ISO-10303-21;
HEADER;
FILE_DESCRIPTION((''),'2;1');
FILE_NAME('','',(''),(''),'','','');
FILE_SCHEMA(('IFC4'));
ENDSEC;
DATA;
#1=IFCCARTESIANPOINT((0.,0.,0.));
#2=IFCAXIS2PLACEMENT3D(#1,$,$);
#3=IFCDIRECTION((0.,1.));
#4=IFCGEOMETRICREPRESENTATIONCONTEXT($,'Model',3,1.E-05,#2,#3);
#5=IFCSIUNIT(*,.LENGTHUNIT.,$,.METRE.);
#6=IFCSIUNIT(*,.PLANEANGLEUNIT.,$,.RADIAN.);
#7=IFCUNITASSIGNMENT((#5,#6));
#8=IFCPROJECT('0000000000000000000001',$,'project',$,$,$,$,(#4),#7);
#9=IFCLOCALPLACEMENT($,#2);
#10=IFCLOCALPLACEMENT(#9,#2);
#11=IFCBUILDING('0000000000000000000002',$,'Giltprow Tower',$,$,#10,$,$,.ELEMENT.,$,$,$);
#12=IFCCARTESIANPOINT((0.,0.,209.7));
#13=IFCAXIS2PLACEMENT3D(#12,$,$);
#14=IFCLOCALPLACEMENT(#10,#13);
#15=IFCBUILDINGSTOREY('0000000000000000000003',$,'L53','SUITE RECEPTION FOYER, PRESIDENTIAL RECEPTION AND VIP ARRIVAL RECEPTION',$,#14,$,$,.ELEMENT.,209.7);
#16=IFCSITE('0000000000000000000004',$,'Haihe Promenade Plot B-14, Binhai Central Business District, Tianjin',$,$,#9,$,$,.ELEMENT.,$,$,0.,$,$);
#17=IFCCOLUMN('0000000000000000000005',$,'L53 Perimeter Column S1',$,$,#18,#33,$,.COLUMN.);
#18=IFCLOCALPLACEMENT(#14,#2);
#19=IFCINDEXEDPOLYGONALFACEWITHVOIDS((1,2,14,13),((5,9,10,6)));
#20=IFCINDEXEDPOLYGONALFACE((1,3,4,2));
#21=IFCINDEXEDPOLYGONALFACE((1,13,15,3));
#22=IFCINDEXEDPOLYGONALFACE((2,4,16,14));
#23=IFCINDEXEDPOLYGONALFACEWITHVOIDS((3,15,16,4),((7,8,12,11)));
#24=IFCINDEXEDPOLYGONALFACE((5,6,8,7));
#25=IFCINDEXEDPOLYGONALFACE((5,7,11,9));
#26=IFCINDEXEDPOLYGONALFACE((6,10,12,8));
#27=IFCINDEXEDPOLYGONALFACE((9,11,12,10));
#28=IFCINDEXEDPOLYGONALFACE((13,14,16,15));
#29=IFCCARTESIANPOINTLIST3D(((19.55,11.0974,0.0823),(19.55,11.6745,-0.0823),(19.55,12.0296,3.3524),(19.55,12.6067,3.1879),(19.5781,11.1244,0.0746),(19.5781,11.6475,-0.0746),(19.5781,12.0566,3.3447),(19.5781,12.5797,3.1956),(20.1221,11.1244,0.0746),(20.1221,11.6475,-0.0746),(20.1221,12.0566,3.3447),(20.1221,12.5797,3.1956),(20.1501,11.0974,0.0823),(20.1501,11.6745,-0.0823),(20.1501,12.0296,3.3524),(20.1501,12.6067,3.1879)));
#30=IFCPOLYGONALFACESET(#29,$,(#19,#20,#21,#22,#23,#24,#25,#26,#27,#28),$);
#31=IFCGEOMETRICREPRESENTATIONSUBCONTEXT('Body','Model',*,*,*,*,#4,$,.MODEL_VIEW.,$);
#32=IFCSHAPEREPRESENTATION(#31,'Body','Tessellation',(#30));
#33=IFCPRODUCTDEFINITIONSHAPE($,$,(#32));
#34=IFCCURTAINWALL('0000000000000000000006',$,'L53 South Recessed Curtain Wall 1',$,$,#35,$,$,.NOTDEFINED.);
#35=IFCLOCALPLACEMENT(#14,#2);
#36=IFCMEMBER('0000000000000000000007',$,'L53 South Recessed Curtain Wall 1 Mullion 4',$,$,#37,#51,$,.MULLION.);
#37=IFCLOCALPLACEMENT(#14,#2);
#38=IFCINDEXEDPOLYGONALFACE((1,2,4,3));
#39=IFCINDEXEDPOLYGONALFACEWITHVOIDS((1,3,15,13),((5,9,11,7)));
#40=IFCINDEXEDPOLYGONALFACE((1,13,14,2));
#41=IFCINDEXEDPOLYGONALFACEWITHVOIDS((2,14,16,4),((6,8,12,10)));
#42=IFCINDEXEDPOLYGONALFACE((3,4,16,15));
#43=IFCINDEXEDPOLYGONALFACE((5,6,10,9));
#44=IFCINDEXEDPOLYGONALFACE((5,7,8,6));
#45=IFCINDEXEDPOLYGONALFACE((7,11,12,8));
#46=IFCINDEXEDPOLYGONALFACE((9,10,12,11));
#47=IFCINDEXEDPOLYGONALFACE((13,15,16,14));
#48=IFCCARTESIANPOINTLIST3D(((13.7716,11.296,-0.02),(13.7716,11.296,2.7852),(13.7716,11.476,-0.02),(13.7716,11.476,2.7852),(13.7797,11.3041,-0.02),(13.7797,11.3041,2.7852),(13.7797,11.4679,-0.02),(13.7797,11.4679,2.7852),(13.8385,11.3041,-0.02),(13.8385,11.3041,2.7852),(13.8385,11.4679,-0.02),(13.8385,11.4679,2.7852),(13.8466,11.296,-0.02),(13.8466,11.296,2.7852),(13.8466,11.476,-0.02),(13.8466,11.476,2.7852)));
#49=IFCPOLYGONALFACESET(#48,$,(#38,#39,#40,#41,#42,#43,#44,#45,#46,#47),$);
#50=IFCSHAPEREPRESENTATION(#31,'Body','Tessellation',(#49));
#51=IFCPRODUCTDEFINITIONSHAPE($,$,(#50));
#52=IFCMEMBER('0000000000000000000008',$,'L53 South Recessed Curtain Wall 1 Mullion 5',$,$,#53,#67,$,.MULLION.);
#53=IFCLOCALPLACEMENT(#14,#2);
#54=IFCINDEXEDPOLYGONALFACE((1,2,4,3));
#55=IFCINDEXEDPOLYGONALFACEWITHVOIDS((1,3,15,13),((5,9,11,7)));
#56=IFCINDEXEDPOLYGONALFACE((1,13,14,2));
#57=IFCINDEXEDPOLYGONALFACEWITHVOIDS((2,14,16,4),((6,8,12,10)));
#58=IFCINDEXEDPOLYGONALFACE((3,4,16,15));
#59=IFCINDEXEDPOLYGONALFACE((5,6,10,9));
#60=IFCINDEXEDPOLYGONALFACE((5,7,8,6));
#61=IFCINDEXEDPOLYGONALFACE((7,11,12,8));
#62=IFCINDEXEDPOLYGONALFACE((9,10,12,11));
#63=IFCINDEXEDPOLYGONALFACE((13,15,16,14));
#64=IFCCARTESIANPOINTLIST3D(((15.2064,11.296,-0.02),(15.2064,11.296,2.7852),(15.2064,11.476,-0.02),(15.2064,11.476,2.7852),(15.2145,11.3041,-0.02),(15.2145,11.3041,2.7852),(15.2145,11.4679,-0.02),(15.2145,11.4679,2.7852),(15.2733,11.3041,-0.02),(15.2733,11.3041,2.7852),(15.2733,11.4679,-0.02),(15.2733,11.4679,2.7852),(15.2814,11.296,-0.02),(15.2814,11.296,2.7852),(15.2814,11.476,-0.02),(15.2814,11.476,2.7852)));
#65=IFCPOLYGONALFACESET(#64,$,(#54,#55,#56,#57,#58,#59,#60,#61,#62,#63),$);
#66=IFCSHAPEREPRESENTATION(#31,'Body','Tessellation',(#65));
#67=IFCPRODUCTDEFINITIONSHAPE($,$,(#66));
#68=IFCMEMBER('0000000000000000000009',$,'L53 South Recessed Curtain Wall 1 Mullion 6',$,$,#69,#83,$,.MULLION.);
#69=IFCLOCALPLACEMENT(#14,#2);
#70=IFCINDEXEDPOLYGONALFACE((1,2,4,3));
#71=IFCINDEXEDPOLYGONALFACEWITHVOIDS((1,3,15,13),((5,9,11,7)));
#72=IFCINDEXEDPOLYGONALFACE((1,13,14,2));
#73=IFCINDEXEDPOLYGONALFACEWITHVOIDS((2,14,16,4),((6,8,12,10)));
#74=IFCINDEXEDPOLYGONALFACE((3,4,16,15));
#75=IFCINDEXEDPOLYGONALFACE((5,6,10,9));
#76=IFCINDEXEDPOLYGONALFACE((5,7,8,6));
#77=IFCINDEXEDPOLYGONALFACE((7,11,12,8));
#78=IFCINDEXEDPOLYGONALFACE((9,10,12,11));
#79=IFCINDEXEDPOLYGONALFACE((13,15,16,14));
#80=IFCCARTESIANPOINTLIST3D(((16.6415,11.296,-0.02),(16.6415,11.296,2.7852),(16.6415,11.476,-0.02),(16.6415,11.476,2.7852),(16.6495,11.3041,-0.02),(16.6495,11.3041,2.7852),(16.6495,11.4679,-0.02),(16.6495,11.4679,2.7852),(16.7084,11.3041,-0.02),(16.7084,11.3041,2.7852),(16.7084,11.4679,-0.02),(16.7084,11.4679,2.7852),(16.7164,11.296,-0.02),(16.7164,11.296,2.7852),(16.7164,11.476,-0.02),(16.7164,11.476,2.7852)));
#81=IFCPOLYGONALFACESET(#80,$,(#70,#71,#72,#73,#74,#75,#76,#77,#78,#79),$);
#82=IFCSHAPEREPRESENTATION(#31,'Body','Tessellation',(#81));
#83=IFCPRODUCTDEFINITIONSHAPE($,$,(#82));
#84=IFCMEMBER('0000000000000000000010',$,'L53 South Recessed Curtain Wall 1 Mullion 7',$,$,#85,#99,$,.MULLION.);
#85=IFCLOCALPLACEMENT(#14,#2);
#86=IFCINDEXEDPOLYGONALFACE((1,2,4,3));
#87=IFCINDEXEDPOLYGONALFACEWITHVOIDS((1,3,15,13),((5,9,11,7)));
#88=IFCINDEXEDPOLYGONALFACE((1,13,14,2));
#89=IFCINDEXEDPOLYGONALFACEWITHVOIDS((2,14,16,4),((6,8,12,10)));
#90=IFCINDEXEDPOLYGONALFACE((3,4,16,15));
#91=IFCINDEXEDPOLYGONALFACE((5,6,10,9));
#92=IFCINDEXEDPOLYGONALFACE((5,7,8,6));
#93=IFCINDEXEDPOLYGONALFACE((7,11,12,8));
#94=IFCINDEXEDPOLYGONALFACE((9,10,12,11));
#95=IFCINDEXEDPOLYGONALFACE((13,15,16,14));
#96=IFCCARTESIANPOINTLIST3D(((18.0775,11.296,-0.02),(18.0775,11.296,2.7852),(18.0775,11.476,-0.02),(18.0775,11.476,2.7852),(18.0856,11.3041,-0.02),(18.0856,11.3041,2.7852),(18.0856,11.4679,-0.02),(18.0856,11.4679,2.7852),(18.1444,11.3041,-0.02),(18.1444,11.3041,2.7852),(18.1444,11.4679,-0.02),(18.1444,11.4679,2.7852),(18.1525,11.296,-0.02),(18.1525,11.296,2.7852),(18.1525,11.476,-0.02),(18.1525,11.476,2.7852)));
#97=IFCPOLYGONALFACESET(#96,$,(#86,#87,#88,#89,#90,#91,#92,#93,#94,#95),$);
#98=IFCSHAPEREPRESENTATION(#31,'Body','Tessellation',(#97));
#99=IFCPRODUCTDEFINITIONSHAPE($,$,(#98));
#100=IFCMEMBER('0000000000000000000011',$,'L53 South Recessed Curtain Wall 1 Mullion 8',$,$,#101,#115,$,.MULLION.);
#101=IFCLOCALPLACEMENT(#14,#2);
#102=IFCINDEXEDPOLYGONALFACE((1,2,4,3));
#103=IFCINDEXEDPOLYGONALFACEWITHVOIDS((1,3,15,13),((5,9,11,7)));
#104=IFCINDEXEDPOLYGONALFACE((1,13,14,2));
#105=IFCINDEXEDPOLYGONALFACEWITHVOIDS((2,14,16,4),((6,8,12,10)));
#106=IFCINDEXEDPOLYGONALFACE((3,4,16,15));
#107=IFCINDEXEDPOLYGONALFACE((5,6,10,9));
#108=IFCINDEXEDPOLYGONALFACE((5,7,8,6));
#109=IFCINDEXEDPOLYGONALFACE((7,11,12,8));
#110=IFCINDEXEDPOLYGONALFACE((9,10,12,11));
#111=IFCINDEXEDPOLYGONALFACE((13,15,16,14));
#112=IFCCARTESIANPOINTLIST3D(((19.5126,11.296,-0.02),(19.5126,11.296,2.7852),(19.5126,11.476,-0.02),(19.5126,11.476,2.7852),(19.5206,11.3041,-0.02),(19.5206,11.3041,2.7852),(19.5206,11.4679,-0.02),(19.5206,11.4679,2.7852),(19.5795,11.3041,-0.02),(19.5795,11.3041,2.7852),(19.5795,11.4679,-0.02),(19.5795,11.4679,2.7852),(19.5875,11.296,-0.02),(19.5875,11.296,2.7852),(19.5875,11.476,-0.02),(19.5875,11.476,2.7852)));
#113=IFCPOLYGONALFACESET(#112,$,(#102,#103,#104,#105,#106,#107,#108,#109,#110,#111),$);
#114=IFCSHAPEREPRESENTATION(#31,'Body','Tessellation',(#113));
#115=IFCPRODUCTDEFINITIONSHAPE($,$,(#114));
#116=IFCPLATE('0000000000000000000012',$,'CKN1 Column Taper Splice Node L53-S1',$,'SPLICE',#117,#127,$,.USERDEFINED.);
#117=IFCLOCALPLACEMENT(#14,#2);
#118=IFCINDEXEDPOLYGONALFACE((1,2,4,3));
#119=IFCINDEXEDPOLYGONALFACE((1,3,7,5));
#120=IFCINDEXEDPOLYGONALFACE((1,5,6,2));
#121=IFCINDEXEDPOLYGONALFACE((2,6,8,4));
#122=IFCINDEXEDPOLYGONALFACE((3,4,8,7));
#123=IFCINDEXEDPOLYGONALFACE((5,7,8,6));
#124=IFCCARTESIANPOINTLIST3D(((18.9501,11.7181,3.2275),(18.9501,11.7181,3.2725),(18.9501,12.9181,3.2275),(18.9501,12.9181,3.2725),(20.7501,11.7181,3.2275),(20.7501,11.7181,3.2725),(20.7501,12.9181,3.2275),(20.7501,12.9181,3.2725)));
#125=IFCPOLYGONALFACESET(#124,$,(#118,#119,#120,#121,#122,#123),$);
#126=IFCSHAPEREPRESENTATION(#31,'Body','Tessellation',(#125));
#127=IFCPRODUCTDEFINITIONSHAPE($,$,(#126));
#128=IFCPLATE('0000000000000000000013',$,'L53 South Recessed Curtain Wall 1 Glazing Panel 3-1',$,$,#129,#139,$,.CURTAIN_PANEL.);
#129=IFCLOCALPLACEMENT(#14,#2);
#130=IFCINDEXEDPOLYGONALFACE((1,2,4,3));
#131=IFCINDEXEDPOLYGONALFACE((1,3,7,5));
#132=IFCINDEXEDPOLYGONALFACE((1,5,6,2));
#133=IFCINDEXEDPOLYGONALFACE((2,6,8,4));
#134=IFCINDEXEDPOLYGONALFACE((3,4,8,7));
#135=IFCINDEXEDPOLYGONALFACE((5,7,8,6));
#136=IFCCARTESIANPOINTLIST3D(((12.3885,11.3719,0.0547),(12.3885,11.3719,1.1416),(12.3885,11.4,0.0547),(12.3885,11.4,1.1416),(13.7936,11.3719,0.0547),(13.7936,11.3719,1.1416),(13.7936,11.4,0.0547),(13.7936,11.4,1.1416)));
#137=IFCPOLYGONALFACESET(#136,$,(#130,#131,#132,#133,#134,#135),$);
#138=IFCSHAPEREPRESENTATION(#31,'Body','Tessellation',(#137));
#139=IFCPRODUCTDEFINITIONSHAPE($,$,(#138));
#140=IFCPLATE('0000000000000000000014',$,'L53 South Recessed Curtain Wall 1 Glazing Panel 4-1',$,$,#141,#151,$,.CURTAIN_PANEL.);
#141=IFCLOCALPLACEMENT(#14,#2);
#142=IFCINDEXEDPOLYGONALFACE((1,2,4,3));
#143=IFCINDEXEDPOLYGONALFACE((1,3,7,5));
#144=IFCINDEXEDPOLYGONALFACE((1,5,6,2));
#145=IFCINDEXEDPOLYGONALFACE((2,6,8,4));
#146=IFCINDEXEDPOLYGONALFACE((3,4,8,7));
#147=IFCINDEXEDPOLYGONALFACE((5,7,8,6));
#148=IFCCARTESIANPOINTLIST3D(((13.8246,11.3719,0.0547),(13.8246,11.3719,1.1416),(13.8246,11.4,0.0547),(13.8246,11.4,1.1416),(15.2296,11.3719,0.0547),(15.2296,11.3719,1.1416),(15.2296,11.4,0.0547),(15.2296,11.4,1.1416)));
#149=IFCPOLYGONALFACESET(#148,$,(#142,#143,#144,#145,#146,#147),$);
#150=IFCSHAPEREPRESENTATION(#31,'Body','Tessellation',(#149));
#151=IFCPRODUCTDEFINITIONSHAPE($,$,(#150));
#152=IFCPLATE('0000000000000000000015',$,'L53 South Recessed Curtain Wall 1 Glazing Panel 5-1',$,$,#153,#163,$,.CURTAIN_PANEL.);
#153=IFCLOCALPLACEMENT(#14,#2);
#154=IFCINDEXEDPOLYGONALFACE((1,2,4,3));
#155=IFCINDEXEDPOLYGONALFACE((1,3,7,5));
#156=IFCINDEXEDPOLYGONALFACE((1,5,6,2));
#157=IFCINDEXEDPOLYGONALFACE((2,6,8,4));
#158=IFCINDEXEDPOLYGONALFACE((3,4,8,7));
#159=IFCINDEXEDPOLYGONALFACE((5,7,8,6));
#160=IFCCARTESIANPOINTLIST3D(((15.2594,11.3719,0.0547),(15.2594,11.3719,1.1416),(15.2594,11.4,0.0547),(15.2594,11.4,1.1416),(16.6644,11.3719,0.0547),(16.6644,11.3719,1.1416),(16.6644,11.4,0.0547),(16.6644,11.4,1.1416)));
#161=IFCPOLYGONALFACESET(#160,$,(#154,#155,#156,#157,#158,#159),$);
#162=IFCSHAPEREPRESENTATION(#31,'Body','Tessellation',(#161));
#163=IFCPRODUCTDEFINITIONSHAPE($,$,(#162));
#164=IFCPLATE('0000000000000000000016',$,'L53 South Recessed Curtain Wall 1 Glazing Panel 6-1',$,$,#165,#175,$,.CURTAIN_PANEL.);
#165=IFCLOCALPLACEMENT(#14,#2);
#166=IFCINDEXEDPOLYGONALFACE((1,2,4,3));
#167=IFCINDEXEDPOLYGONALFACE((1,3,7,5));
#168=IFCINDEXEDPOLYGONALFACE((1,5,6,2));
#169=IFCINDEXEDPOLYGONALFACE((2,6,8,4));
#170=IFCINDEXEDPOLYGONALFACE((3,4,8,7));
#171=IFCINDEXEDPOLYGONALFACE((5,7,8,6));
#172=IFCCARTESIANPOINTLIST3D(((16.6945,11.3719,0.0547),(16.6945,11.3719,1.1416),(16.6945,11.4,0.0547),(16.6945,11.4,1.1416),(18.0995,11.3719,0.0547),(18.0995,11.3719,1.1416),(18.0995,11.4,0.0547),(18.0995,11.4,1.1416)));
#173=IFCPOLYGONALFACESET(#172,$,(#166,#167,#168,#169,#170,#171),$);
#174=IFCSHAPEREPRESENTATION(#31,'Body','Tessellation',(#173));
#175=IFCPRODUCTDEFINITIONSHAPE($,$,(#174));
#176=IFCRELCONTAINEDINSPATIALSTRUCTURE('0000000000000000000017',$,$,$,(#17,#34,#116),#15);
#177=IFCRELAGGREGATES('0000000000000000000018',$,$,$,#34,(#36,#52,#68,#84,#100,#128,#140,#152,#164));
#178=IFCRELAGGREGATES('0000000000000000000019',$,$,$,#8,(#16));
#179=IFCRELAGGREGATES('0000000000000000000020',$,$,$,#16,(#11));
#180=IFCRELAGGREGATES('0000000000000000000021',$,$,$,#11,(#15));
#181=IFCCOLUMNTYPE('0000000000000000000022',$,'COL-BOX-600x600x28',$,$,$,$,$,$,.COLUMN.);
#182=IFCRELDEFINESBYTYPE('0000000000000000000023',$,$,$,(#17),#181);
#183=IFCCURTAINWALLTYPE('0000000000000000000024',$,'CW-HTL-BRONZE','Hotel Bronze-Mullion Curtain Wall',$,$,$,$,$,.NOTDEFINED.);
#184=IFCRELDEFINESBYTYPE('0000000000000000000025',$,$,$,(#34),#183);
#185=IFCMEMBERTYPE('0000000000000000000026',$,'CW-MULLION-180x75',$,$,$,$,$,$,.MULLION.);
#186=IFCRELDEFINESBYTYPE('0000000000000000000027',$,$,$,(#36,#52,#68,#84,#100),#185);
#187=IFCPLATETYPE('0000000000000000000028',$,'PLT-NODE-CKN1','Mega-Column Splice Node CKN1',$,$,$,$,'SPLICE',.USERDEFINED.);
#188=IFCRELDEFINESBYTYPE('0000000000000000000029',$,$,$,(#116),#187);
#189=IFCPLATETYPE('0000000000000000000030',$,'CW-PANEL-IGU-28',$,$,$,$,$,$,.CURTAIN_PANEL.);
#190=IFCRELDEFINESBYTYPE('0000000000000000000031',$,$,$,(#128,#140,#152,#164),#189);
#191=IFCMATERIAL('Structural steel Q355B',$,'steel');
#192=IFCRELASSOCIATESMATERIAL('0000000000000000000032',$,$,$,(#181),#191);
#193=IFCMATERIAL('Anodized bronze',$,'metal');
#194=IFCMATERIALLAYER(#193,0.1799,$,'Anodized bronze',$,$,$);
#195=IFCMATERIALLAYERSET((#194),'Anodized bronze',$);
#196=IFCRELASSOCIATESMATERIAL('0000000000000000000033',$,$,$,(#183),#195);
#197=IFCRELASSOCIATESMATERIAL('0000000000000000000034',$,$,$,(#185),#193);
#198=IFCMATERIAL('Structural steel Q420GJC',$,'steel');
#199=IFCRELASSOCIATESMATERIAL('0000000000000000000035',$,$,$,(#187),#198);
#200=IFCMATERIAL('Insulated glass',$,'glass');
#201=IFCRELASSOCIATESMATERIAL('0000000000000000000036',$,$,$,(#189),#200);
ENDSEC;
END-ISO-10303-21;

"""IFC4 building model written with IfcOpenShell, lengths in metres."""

from ifc_helpers import new_model, si_unit, direction, frame, origin, origin_2d, place, context, subcontext, project, spatial, rectangle, hollow_rectangle, extrude, source, transform, mapped, material, layer, layer_set, material_profile, profile_set, type_object, element, aggregate, save


model = new_model("IFC4")

# Units and contexts
model_context = context("Model", 3, precision=1e-05, world=origin(), true_north=direction((0.0, 1.0)))
body_context = subcontext(model_context, "Body", "Model", "MODEL_VIEW")
ifc_project = project(units=[si_unit("LENGTHUNIT", "METRE"), si_unit("PLANEANGLEUNIT", "RADIAN")], contexts=[model_context])

# Site, building, storey
site_placement = place(None, origin())
site = spatial("IfcSite", under=ifc_project, at=site_placement, Name="Haihe Promenade Plot B-14, Binhai Central Business District, Tianjin", CompositionType="ELEMENT", RefElevation=0.0)
building_placement = place(site_placement, origin())
building = spatial("IfcBuilding", under=site, at=building_placement, Name="Giltprow Tower", CompositionType="ELEMENT")
storey_placement = place(building_placement, frame((0.0, 0.0, 209.7)))
storey = spatial("IfcBuildingStorey", under=building, at=storey_placement, Name="L53", Description="SUITE RECEPTION FOYER, PRESIDENTIAL RECEPTION AND VIP ARRIVAL RECEPTION", CompositionType="ELEMENT", Elevation=209.7)

# Column
ifc_material_1 = material(Name="Structural steel Q355B", Category="steel")
ifc_material_profile_1 = material_profile(ifc_material_1, hollow_rectangle(XDim=0.6001, YDim=0.6001, WallThickness=0.0281, at=origin_2d()), Name="BOX 600x600x28")
ifc_profile_set_1 = profile_set([ifc_material_profile_1], Name="Structural steel Q355B")
column_type = type_object("IfcColumnType", Name="COL-BOX-600x600x28", PredefinedType="COLUMN", material=ifc_profile_set_1)
shared_shape_1 = source(origin(), body_context, "Body", "SweptSolid", [
    extrude(hollow_rectangle(XDim=0.6001, YDim=0.6001, WallThickness=0.0281, at=origin_2d()), origin(), (0.0, 0.0, 1.0), 3.4004),
])
column_placement = place(storey_placement, frame((19.8501, 11.386, 0.0), z_axis=(0.0, 0.274133, 0.961692), x_axis=(-1.0, 0.0, 0.0)))
element("IfcColumn", 1, at=column_placement, inside=storey, type_object=column_type, Name="L53 Perimeter Column S1", PredefinedType="COLUMN", context=body_context, shape_type="MappedRepresentation", body=[
    mapped(shared_shape_1, transform((0.0, 0.0, 0.0), x_axis=(1.0, 0.0, 0.0), y_axis=(0.0, 1.0, 0.0), z_axis=(0.0, 0.0, 1.0), scale=1.0)),
])

# Curtain wall, members
ifc_material_2 = material(Name="Anodized bronze", Category="metal")
ifc_layer = layer(ifc_material_2, 0.1799, Name="Anodized bronze")
ifc_layer_set = layer_set([ifc_layer], Name="Anodized bronze")
curtain_wall_type = type_object("IfcCurtainWallType", Name="CW-HTL-BRONZE", Description="Hotel Bronze-Mullion Curtain Wall", PredefinedType="NOTDEFINED", material=ifc_layer_set)
curtain_wall_placement = place(storey_placement, origin())
curtain_wall = element("IfcCurtainWall", 2, at=curtain_wall_placement, inside=storey, type_object=curtain_wall_type, Name="L53 South Recessed Curtain Wall 1", PredefinedType="NOTDEFINED")
ifc_material_profile_2 = material_profile(ifc_material_2, hollow_rectangle(XDim=0.075, YDim=0.1799, WallThickness=0.0081, at=origin_2d()), Name="RHS 180x75x8")
ifc_profile_set_2 = profile_set([ifc_material_profile_2], Name="Anodized bronze")
member_type = type_object("IfcMemberType", Name="CW-MULLION-180x75", PredefinedType="MULLION", material=ifc_profile_set_2)
shared_shape_2 = source(origin(), body_context, "Body", "SweptSolid", [
    extrude(hollow_rectangle(XDim=0.075, YDim=0.1799, WallThickness=0.0081, at=origin_2d()), origin(), (0.0, 0.0, 1.0), 2.8052),
])
member_1_placement = place(storey_placement, frame((13.8091, 11.386, -0.02), z_axis=(0.0, 0.0, 1.0), x_axis=(1.0, 0.0, 0.0)))
member_1 = element("IfcMember", 3, at=member_1_placement, type_object=member_type, Name="L53 South Recessed Curtain Wall 1 Mullion 4", PredefinedType="MULLION", context=body_context, shape_type="MappedRepresentation", body=[
    mapped(shared_shape_2, transform((0.0, 0.0, 0.0), x_axis=(1.0, 0.0, 0.0), y_axis=(0.0, 1.0, 0.0), z_axis=(0.0, 0.0, 1.0), scale=1.0)),
])
member_2_placement = place(storey_placement, frame((15.2439, 11.386, -0.02), z_axis=(0.0, 0.0, 1.0), x_axis=(1.0, 0.0, 0.0)))
member_2 = element("IfcMember", 4, at=member_2_placement, type_object=member_type, Name="L53 South Recessed Curtain Wall 1 Mullion 5", PredefinedType="MULLION", context=body_context, shape_type="MappedRepresentation", body=[
    mapped(shared_shape_2, transform((0.0, 0.0, 0.0), x_axis=(1.0, 0.0, 0.0), y_axis=(0.0, 1.0, 0.0), z_axis=(0.0, 0.0, 1.0), scale=1.0)),
])
member_3_placement = place(storey_placement, frame((16.679, 11.386, -0.02), z_axis=(0.0, 0.0, 1.0), x_axis=(1.0, 0.0, 0.0)))
member_3 = element("IfcMember", 5, at=member_3_placement, type_object=member_type, Name="L53 South Recessed Curtain Wall 1 Mullion 6", PredefinedType="MULLION", context=body_context, shape_type="MappedRepresentation", body=[
    mapped(shared_shape_2, transform((0.0, 0.0, 0.0), x_axis=(1.0, 0.0, 0.0), y_axis=(0.0, 1.0, 0.0), z_axis=(0.0, 0.0, 1.0), scale=1.0)),
])
member_4_placement = place(storey_placement, frame((18.115, 11.386, -0.02), z_axis=(0.0, 0.0, 1.0), x_axis=(1.0, 0.0, 0.0)))
member_4 = element("IfcMember", 6, at=member_4_placement, type_object=member_type, Name="L53 South Recessed Curtain Wall 1 Mullion 7", PredefinedType="MULLION", context=body_context, shape_type="MappedRepresentation", body=[
    mapped(shared_shape_2, transform((0.0, 0.0, 0.0), x_axis=(1.0, 0.0, 0.0), y_axis=(0.0, 1.0, 0.0), z_axis=(0.0, 0.0, 1.0), scale=1.0)),
])
member_5_placement = place(storey_placement, frame((19.55, 11.386, -0.02), z_axis=(0.0, 0.0, 1.0), x_axis=(1.0, 0.0, 0.0)))
member_5 = element("IfcMember", 7, at=member_5_placement, type_object=member_type, Name="L53 South Recessed Curtain Wall 1 Mullion 8", PredefinedType="MULLION", context=body_context, shape_type="MappedRepresentation", body=[
    mapped(shared_shape_2, transform((0.0, 0.0, 0.0), x_axis=(1.0, 0.0, 0.0), y_axis=(0.0, 1.0, 0.0), z_axis=(0.0, 0.0, 1.0), scale=1.0)),
])

# Plates
ifc_material_3 = material(Name="Structural steel Q420GJC", Category="steel")
plate_type_1 = type_object("IfcPlateType", Name="PLT-NODE-CKN1", Description="Mega-Column Splice Node CKN1", ElementType="SPLICE", PredefinedType="USERDEFINED", material=ifc_material_3)
shared_shape_3 = source(origin(), body_context, "Body", "SweptSolid", [
    extrude(rectangle(XDim=1.8, YDim=1.2, at=origin_2d()), origin(), (0.0, 0.0, 1.0), 0.0449),
])
plate_1_placement = place(storey_placement, frame((19.8501, 12.3181, 3.2275), z_axis=(0.0, 0.0, 1.0), x_axis=(1.0, 0.0, 0.0)))
element("IfcPlate", 8, at=plate_1_placement, inside=storey, type_object=plate_type_1, Name="CKN1 Column Taper Splice Node L53-S1", ObjectType="SPLICE", PredefinedType="USERDEFINED", context=body_context, shape_type="MappedRepresentation", body=[
    mapped(shared_shape_3, transform((0.0, 0.0, 0.0), x_axis=(1.0, 0.0, 0.0), y_axis=(0.0, 1.0, 0.0), z_axis=(0.0, 0.0, 1.0), scale=1.0)),
])
ifc_material_4 = material(Name="Insulated glass", Category="glass")
plate_type_2 = type_object("IfcPlateType", Name="CW-PANEL-IGU-28", PredefinedType="CURTAIN_PANEL", material=ifc_material_4)
shared_shape_4 = source(origin(), body_context, "Body", "SweptSolid", [
    extrude(rectangle(XDim=1.405, YDim=0.0281, at=origin_2d()), origin(), (0.0, 0.0, 1.0), 1.0869),
])
plate_2_placement = place(storey_placement, frame((13.0911, 11.386, 0.0547), z_axis=(0.0, 0.0, 1.0), x_axis=(1.0, 0.0, 0.0)))
plate_2 = element("IfcPlate", 9, at=plate_2_placement, type_object=plate_type_2, Name="L53 South Recessed Curtain Wall 1 Glazing Panel 3-1", PredefinedType="CURTAIN_PANEL", context=body_context, shape_type="MappedRepresentation", body=[
    mapped(shared_shape_4, transform((0.0, 0.0, 0.0), x_axis=(1.0, 0.0, 0.0), y_axis=(0.0, 1.0, 0.0), z_axis=(0.0, 0.0, 1.0), scale=1.0)),
])
plate_3_placement = place(storey_placement, frame((14.5271, 11.386, 0.0547), z_axis=(0.0, 0.0, 1.0), x_axis=(1.0, 0.0, 0.0)))
plate_3 = element("IfcPlate", 10, at=plate_3_placement, type_object=plate_type_2, Name="L53 South Recessed Curtain Wall 1 Glazing Panel 4-1", PredefinedType="CURTAIN_PANEL", context=body_context, shape_type="MappedRepresentation", body=[
    mapped(shared_shape_4, transform((0.0, 0.0, 0.0), x_axis=(1.0, 0.0, 0.0), y_axis=(0.0, 1.0, 0.0), z_axis=(0.0, 0.0, 1.0), scale=1.0)),
])
plate_4_placement = place(storey_placement, frame((15.9619, 11.386, 0.0547), z_axis=(0.0, 0.0, 1.0), x_axis=(1.0, 0.0, 0.0)))
plate_4 = element("IfcPlate", 11, at=plate_4_placement, type_object=plate_type_2, Name="L53 South Recessed Curtain Wall 1 Glazing Panel 5-1", PredefinedType="CURTAIN_PANEL", context=body_context, shape_type="MappedRepresentation", body=[
    mapped(shared_shape_4, transform((0.0, 0.0, 0.0), x_axis=(1.0, 0.0, 0.0), y_axis=(0.0, 1.0, 0.0), z_axis=(0.0, 0.0, 1.0), scale=1.0)),
])
plate_5_placement = place(storey_placement, frame((17.397, 11.386, 0.0547), z_axis=(0.0, 0.0, 1.0), x_axis=(1.0, 0.0, 0.0)))
plate_5 = element("IfcPlate", 12, at=plate_5_placement, type_object=plate_type_2, Name="L53 South Recessed Curtain Wall 1 Glazing Panel 6-1", PredefinedType="CURTAIN_PANEL", context=body_context, shape_type="MappedRepresentation", body=[
    mapped(shared_shape_4, transform((0.0, 0.0, 0.0), x_axis=(1.0, 0.0, 0.0), y_axis=(0.0, 1.0, 0.0), z_axis=(0.0, 0.0, 1.0), scale=1.0)),
])
aggregate(curtain_wall, [member_1, member_2, member_3, member_4, member_5, plate_2, plate_3, plate_4, plate_5])

save(model, "model.ifc")
